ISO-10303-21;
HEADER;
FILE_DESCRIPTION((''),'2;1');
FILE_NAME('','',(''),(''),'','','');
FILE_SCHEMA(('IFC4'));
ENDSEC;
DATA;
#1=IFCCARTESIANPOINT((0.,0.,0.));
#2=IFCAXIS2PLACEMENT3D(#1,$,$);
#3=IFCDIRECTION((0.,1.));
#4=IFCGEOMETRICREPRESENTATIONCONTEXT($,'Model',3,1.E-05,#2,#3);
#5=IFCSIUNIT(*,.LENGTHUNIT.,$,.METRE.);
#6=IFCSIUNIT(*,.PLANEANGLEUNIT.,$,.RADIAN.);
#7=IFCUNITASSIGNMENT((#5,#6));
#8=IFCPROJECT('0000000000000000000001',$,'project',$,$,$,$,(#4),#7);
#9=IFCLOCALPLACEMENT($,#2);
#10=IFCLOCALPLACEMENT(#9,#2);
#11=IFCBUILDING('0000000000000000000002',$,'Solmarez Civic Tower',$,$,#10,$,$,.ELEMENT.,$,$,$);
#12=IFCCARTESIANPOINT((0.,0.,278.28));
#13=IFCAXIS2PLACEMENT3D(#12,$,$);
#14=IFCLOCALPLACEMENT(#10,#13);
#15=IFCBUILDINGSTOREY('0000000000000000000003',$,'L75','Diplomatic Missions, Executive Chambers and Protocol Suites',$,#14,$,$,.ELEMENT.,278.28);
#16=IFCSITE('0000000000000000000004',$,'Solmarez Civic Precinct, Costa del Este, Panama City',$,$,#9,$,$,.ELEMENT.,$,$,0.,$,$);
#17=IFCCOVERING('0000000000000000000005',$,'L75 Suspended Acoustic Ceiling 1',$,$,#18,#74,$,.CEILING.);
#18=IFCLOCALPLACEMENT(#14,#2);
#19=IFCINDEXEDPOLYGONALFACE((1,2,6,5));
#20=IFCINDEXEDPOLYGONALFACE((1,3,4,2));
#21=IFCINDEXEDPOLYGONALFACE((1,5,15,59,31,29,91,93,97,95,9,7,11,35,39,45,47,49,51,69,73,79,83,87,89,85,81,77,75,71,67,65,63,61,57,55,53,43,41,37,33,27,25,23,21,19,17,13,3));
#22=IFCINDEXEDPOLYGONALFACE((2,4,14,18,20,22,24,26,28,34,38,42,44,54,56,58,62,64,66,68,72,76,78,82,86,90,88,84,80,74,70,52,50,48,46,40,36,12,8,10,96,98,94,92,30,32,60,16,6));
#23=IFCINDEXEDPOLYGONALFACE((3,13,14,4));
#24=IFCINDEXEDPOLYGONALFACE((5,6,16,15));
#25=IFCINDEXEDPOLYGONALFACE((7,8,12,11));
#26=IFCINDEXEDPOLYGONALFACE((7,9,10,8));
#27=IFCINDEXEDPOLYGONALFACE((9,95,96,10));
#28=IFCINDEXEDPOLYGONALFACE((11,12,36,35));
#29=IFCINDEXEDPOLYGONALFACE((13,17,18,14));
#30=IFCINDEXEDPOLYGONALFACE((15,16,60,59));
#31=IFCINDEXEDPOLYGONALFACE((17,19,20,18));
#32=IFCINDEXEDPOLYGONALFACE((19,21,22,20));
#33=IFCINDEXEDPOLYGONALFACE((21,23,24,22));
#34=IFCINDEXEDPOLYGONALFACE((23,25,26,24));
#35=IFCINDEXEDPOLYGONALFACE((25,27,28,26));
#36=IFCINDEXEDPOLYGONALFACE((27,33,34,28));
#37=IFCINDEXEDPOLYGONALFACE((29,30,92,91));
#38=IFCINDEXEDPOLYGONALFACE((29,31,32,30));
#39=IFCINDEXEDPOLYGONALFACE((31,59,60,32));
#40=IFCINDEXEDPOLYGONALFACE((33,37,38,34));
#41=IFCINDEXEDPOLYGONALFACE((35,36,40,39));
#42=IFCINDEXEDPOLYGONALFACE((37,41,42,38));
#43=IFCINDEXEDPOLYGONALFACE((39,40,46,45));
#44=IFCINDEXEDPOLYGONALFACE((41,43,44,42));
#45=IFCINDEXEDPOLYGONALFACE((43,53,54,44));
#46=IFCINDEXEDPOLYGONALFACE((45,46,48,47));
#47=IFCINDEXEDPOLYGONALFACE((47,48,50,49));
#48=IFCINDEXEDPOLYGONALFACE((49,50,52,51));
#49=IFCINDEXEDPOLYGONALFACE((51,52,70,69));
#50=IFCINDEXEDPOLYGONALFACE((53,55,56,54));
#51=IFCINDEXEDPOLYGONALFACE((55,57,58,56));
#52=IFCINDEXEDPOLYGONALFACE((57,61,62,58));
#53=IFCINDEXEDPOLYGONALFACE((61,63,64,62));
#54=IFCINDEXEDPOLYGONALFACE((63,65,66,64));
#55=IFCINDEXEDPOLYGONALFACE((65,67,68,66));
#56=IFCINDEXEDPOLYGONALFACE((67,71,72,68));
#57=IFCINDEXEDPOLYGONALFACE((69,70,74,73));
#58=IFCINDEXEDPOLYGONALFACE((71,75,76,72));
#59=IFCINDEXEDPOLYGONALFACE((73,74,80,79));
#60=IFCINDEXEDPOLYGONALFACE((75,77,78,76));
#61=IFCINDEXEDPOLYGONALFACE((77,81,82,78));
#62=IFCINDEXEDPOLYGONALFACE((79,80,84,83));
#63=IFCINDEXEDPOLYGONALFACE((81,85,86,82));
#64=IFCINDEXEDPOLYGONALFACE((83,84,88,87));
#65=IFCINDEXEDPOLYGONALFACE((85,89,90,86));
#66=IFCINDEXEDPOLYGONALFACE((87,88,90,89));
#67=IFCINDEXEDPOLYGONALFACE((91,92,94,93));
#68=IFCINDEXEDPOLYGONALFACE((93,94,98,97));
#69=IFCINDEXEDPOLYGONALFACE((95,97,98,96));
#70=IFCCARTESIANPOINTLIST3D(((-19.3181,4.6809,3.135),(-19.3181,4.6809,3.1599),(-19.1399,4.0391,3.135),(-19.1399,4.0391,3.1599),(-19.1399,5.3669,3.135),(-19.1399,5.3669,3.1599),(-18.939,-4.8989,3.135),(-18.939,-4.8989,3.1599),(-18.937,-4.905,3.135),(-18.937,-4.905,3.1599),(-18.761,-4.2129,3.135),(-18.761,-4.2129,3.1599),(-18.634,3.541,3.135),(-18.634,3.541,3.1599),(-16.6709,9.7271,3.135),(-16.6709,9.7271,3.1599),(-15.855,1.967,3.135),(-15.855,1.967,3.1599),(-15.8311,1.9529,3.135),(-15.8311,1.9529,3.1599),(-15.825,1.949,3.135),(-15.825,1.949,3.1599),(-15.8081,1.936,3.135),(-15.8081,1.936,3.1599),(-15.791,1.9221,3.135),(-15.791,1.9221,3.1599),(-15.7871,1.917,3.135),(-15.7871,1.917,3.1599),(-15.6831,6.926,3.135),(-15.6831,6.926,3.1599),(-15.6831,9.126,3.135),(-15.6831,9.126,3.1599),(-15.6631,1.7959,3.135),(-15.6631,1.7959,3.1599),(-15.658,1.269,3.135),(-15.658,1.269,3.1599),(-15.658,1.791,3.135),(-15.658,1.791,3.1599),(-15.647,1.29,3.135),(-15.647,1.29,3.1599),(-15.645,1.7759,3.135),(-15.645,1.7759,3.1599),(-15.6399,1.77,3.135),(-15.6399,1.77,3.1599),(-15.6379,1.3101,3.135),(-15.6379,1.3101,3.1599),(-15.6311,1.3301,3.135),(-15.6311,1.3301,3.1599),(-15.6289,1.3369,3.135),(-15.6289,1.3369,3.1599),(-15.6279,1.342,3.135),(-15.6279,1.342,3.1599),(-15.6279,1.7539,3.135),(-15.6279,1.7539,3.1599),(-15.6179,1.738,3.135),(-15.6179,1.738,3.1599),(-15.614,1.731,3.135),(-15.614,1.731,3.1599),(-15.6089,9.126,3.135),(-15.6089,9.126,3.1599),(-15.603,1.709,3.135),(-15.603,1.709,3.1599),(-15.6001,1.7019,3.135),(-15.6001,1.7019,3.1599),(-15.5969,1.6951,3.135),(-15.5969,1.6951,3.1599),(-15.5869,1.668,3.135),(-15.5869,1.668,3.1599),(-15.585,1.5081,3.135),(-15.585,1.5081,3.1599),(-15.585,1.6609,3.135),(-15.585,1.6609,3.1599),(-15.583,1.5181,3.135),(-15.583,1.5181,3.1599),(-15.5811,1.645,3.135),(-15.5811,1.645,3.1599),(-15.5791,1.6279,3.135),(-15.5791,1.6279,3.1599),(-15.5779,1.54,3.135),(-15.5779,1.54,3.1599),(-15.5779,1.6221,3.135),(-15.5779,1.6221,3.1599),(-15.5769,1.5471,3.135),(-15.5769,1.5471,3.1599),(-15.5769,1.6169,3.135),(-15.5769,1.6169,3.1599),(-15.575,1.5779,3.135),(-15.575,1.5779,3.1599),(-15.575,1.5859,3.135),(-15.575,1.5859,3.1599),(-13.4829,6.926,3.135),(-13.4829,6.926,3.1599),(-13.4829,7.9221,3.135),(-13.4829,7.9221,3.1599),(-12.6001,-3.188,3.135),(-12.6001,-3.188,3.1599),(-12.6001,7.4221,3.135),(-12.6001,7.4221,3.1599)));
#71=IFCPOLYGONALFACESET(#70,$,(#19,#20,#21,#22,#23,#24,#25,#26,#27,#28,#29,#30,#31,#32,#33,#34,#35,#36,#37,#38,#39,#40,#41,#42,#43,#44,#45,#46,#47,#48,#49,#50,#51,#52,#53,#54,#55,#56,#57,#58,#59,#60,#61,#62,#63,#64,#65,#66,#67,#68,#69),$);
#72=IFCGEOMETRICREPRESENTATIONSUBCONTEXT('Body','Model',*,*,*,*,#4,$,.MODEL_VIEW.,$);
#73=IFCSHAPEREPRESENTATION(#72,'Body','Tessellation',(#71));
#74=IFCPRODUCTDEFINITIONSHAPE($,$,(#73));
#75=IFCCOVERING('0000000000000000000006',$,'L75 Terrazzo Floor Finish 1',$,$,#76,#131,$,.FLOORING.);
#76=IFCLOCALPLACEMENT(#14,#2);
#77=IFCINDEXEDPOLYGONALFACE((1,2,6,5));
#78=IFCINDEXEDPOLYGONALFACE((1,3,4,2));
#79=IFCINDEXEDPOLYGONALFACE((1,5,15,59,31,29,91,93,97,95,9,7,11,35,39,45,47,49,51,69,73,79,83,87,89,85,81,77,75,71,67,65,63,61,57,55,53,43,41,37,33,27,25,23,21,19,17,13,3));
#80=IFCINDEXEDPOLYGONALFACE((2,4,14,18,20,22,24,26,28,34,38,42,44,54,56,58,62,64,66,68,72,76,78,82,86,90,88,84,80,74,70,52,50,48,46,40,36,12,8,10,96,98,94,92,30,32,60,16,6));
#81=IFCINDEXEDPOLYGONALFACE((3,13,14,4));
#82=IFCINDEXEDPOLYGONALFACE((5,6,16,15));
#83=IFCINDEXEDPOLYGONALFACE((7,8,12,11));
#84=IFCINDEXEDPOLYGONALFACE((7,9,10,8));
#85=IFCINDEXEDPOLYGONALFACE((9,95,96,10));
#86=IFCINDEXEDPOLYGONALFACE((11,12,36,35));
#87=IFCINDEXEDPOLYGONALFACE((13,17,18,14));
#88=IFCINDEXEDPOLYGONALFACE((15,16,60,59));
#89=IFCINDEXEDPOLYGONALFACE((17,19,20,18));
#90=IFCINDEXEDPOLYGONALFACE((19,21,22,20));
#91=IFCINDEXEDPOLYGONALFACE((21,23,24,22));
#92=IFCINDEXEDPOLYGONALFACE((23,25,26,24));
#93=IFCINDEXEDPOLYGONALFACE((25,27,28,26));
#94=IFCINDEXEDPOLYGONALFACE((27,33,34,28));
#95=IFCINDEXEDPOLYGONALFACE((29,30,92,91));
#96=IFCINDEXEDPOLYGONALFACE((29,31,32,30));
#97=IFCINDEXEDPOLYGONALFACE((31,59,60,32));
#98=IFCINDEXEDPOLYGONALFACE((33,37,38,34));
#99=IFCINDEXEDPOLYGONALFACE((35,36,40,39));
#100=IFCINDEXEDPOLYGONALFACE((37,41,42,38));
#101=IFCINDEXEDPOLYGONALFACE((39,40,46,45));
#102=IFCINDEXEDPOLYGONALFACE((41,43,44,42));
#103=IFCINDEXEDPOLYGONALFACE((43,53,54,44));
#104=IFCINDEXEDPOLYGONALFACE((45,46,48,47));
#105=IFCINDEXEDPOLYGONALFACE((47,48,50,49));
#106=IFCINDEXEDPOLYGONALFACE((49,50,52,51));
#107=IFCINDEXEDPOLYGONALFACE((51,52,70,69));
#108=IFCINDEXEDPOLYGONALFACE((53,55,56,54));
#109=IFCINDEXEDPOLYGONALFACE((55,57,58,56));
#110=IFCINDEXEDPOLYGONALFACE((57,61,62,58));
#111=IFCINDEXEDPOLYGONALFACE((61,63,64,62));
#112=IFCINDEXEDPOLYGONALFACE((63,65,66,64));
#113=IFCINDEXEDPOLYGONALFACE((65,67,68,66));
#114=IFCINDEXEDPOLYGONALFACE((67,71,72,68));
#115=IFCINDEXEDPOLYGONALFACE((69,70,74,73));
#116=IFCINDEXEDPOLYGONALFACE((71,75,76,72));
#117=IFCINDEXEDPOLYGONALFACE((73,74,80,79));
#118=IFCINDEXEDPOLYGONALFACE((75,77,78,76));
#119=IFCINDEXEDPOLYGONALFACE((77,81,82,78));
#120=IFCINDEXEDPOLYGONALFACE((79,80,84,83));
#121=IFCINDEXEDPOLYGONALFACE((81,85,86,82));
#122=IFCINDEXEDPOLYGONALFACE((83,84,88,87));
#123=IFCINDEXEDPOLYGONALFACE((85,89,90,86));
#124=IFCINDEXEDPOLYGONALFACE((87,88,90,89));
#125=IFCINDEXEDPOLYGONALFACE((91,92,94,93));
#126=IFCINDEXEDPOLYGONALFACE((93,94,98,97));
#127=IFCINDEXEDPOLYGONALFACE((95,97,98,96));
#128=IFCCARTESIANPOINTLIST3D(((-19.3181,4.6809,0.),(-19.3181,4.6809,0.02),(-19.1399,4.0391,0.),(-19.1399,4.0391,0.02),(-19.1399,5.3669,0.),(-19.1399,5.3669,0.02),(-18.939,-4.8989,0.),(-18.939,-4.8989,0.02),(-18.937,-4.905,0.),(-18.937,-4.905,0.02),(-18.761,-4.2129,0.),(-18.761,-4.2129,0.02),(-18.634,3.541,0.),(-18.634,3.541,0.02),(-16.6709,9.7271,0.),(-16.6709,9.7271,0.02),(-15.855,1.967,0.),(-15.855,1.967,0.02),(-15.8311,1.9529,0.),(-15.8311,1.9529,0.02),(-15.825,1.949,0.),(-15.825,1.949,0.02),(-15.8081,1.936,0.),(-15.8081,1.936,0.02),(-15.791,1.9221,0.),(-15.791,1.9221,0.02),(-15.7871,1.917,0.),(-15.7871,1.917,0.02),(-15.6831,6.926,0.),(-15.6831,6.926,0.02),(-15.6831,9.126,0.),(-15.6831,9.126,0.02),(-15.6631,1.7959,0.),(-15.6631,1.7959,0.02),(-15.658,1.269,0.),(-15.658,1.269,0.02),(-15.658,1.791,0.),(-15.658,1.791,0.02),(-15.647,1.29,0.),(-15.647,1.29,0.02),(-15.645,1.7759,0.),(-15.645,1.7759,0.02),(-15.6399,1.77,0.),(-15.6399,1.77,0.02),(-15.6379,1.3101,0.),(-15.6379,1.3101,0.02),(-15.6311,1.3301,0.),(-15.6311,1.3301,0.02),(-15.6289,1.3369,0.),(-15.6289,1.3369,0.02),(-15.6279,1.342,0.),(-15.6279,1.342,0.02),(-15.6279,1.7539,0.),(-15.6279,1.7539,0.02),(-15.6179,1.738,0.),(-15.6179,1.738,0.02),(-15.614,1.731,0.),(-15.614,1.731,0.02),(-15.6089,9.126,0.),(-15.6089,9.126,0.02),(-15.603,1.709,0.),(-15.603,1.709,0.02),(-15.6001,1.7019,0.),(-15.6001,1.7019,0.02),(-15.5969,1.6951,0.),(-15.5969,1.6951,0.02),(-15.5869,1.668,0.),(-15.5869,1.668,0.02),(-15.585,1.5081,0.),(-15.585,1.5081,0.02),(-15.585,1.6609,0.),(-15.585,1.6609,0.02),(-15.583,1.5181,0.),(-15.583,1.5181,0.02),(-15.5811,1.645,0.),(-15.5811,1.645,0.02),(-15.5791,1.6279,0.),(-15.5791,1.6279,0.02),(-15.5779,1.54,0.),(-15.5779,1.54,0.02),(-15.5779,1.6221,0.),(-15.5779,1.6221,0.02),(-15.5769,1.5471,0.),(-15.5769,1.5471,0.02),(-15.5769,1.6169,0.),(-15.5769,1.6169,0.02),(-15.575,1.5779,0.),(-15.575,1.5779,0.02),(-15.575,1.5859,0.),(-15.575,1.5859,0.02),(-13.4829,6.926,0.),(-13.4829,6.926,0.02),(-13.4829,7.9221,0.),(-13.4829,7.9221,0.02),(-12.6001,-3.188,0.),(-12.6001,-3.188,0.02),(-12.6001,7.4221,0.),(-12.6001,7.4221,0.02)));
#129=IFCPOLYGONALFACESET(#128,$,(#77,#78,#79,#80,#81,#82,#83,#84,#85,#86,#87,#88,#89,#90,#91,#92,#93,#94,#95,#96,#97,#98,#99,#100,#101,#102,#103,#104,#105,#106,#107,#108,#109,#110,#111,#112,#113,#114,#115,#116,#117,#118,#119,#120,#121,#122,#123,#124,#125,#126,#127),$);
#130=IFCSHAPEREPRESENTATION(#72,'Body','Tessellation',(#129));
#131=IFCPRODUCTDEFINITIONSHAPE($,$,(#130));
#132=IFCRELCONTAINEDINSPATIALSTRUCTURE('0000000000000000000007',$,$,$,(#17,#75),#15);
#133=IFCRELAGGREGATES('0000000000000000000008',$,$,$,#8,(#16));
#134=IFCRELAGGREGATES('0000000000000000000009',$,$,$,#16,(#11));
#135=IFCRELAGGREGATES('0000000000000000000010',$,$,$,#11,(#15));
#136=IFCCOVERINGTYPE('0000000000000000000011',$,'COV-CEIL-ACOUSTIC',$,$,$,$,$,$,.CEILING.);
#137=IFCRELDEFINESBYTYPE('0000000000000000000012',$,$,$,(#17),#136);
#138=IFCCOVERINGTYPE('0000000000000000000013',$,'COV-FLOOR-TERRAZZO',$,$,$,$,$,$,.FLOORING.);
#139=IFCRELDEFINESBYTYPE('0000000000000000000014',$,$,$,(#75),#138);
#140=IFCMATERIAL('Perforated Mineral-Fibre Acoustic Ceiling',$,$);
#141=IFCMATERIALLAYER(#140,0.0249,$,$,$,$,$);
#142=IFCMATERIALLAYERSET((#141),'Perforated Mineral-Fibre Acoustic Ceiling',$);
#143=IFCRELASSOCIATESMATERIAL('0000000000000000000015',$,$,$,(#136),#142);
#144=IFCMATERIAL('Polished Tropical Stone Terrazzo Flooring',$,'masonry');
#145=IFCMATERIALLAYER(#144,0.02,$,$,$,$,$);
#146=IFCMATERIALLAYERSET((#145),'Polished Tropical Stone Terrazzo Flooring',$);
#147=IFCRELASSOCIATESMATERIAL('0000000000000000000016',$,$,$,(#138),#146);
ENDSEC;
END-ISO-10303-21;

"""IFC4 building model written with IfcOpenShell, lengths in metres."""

from ifc_helpers import new_model, si_unit, direction, frame, origin, place, context, subcontext, project, spatial, polyline, outline, extrude, material, layer, layer_set, type_object, element, save


model = new_model("IFC4")

# Units and contexts
model_context = context("Model", 3, precision=1e-05, world=origin(), true_north=direction((0.0, 1.0)))
body_context = subcontext(model_context, "Body", "Model", "MODEL_VIEW")
ifc_project = project(units=[si_unit("LENGTHUNIT", "METRE"), si_unit("PLANEANGLEUNIT", "RADIAN")], contexts=[model_context])

# Site, building, storey
site_placement = place(None, origin())
site = spatial("IfcSite", under=ifc_project, at=site_placement, Name="Solmarez Civic Precinct, Costa del Este, Panama City", CompositionType="ELEMENT", RefElevation=0.0)
building_placement = place(site_placement, origin())
building = spatial("IfcBuilding", under=site, at=building_placement, Name="Solmarez Civic Tower", CompositionType="ELEMENT")
storey_placement = place(building_placement, frame((0.0, 0.0, 278.28)))
storey = spatial("IfcBuildingStorey", under=building, at=storey_placement, Name="L75", Description="Diplomatic Missions, Executive Chambers and Protocol Suites", CompositionType="ELEMENT", Elevation=278.28)

# Coverings
ifc_material_1 = material(Name="Perforated Mineral-Fibre Acoustic Ceiling")
ifc_layer_1 = layer(ifc_material_1, 0.0249)
ifc_layer_set_1 = layer_set([ifc_layer_1], Name="Perforated Mineral-Fibre Acoustic Ceiling")
covering_type_1 = type_object("IfcCoveringType", Name="COV-CEIL-ACOUSTIC", PredefinedType="CEILING", material=ifc_layer_set_1)
covering_1_placement = place(storey_placement, frame((0.0, 0.0, 3.135)))
element("IfcCovering", 1, at=covering_1_placement, inside=storey, type_object=covering_type_1, Name="L75 Suspended Acoustic Ceiling 1", PredefinedType="CEILING", context=body_context, shape_type="SweptSolid", body=[
    extrude(outline(polyline([(-12.6001, -3.188), (-12.6001, 7.4221), (-13.4829, 7.9221), (-13.4829, 6.926), (-15.6831, 6.926), (-15.6831, 9.126), (-15.6089, 9.126), (-16.6709, 9.7271), (-19.1399, 5.3669), (-19.3181, 4.6809), (-19.1399, 4.0391), (-18.634, 3.541), (-15.855, 1.967), (-15.8311, 1.9529), (-15.825, 1.949), (-15.8081, 1.936), (-15.791, 1.9221), (-15.7871, 1.917), (-15.6631, 1.7959), (-15.658, 1.791), (-15.645, 1.7759), (-15.6399, 1.77), (-15.6279, 1.7539), (-15.6179, 1.738), (-15.614, 1.731), (-15.603, 1.709), (-15.6001, 1.7019), (-15.5969, 1.6951), (-15.5869, 1.668), (-15.585, 1.6609), (-15.5811, 1.645), (-15.5791, 1.6279), (-15.5779, 1.6221), (-15.5769, 1.6169), (-15.575, 1.5859), (-15.575, 1.5779), (-15.5769, 1.5471), (-15.5779, 1.54), (-15.583, 1.5181), (-15.585, 1.5081), (-15.6279, 1.342), (-15.6289, 1.3369), (-15.6311, 1.3301), (-15.6379, 1.3101), (-15.647, 1.29), (-15.658, 1.269), (-18.761, -4.2129), (-18.939, -4.8989), (-18.937, -4.905), (-12.6001, -3.188)])), origin(), (0.0, 0.0, 1.0), 0.0249),
])
ifc_material_2 = material(Name="Polished Tropical Stone Terrazzo Flooring", Category="masonry")
ifc_layer_2 = layer(ifc_material_2, 0.02)
ifc_layer_set_2 = layer_set([ifc_layer_2], Name="Polished Tropical Stone Terrazzo Flooring")
covering_type_2 = type_object("IfcCoveringType", Name="COV-FLOOR-TERRAZZO", PredefinedType="FLOORING", material=ifc_layer_set_2)
covering_2_placement = place(storey_placement, origin())
element("IfcCovering", 2, at=covering_2_placement, inside=storey, type_object=covering_type_2, Name="L75 Terrazzo Floor Finish 1", PredefinedType="FLOORING", context=body_context, shape_type="SweptSolid", body=[
    extrude(outline(polyline([(-12.6001, -3.188), (-12.6001, 7.4221), (-13.4829, 7.9221), (-13.4829, 6.926), (-15.6831, 6.926), (-15.6831, 9.126), (-15.6089, 9.126), (-16.6709, 9.7271), (-19.1399, 5.3669), (-19.3181, 4.6809), (-19.1399, 4.0391), (-18.634, 3.541), (-15.855, 1.967), (-15.8311, 1.9529), (-15.825, 1.949), (-15.8081, 1.936), (-15.791, 1.9221), (-15.7871, 1.917), (-15.6631, 1.7959), (-15.658, 1.791), (-15.645, 1.7759), (-15.6399, 1.77), (-15.6279, 1.7539), (-15.6179, 1.738), (-15.614, 1.731), (-15.603, 1.709), (-15.6001, 1.7019), (-15.5969, 1.6951), (-15.5869, 1.668), (-15.585, 1.6609), (-15.5811, 1.645), (-15.5791, 1.6279), (-15.5779, 1.6221), (-15.5769, 1.6169), (-15.575, 1.5859), (-15.575, 1.5779), (-15.5769, 1.5471), (-15.5779, 1.54), (-15.583, 1.5181), (-15.585, 1.5081), (-15.6279, 1.342), (-15.6289, 1.3369), (-15.6311, 1.3301), (-15.6379, 1.3101), (-15.647, 1.29), (-15.658, 1.269), (-18.761, -4.2129), (-18.939, -4.8989), (-18.937, -4.905), (-12.6001, -3.188)])), origin(), (0.0, 0.0, 1.0), 0.02),
])

save(model, "model.ifc")
